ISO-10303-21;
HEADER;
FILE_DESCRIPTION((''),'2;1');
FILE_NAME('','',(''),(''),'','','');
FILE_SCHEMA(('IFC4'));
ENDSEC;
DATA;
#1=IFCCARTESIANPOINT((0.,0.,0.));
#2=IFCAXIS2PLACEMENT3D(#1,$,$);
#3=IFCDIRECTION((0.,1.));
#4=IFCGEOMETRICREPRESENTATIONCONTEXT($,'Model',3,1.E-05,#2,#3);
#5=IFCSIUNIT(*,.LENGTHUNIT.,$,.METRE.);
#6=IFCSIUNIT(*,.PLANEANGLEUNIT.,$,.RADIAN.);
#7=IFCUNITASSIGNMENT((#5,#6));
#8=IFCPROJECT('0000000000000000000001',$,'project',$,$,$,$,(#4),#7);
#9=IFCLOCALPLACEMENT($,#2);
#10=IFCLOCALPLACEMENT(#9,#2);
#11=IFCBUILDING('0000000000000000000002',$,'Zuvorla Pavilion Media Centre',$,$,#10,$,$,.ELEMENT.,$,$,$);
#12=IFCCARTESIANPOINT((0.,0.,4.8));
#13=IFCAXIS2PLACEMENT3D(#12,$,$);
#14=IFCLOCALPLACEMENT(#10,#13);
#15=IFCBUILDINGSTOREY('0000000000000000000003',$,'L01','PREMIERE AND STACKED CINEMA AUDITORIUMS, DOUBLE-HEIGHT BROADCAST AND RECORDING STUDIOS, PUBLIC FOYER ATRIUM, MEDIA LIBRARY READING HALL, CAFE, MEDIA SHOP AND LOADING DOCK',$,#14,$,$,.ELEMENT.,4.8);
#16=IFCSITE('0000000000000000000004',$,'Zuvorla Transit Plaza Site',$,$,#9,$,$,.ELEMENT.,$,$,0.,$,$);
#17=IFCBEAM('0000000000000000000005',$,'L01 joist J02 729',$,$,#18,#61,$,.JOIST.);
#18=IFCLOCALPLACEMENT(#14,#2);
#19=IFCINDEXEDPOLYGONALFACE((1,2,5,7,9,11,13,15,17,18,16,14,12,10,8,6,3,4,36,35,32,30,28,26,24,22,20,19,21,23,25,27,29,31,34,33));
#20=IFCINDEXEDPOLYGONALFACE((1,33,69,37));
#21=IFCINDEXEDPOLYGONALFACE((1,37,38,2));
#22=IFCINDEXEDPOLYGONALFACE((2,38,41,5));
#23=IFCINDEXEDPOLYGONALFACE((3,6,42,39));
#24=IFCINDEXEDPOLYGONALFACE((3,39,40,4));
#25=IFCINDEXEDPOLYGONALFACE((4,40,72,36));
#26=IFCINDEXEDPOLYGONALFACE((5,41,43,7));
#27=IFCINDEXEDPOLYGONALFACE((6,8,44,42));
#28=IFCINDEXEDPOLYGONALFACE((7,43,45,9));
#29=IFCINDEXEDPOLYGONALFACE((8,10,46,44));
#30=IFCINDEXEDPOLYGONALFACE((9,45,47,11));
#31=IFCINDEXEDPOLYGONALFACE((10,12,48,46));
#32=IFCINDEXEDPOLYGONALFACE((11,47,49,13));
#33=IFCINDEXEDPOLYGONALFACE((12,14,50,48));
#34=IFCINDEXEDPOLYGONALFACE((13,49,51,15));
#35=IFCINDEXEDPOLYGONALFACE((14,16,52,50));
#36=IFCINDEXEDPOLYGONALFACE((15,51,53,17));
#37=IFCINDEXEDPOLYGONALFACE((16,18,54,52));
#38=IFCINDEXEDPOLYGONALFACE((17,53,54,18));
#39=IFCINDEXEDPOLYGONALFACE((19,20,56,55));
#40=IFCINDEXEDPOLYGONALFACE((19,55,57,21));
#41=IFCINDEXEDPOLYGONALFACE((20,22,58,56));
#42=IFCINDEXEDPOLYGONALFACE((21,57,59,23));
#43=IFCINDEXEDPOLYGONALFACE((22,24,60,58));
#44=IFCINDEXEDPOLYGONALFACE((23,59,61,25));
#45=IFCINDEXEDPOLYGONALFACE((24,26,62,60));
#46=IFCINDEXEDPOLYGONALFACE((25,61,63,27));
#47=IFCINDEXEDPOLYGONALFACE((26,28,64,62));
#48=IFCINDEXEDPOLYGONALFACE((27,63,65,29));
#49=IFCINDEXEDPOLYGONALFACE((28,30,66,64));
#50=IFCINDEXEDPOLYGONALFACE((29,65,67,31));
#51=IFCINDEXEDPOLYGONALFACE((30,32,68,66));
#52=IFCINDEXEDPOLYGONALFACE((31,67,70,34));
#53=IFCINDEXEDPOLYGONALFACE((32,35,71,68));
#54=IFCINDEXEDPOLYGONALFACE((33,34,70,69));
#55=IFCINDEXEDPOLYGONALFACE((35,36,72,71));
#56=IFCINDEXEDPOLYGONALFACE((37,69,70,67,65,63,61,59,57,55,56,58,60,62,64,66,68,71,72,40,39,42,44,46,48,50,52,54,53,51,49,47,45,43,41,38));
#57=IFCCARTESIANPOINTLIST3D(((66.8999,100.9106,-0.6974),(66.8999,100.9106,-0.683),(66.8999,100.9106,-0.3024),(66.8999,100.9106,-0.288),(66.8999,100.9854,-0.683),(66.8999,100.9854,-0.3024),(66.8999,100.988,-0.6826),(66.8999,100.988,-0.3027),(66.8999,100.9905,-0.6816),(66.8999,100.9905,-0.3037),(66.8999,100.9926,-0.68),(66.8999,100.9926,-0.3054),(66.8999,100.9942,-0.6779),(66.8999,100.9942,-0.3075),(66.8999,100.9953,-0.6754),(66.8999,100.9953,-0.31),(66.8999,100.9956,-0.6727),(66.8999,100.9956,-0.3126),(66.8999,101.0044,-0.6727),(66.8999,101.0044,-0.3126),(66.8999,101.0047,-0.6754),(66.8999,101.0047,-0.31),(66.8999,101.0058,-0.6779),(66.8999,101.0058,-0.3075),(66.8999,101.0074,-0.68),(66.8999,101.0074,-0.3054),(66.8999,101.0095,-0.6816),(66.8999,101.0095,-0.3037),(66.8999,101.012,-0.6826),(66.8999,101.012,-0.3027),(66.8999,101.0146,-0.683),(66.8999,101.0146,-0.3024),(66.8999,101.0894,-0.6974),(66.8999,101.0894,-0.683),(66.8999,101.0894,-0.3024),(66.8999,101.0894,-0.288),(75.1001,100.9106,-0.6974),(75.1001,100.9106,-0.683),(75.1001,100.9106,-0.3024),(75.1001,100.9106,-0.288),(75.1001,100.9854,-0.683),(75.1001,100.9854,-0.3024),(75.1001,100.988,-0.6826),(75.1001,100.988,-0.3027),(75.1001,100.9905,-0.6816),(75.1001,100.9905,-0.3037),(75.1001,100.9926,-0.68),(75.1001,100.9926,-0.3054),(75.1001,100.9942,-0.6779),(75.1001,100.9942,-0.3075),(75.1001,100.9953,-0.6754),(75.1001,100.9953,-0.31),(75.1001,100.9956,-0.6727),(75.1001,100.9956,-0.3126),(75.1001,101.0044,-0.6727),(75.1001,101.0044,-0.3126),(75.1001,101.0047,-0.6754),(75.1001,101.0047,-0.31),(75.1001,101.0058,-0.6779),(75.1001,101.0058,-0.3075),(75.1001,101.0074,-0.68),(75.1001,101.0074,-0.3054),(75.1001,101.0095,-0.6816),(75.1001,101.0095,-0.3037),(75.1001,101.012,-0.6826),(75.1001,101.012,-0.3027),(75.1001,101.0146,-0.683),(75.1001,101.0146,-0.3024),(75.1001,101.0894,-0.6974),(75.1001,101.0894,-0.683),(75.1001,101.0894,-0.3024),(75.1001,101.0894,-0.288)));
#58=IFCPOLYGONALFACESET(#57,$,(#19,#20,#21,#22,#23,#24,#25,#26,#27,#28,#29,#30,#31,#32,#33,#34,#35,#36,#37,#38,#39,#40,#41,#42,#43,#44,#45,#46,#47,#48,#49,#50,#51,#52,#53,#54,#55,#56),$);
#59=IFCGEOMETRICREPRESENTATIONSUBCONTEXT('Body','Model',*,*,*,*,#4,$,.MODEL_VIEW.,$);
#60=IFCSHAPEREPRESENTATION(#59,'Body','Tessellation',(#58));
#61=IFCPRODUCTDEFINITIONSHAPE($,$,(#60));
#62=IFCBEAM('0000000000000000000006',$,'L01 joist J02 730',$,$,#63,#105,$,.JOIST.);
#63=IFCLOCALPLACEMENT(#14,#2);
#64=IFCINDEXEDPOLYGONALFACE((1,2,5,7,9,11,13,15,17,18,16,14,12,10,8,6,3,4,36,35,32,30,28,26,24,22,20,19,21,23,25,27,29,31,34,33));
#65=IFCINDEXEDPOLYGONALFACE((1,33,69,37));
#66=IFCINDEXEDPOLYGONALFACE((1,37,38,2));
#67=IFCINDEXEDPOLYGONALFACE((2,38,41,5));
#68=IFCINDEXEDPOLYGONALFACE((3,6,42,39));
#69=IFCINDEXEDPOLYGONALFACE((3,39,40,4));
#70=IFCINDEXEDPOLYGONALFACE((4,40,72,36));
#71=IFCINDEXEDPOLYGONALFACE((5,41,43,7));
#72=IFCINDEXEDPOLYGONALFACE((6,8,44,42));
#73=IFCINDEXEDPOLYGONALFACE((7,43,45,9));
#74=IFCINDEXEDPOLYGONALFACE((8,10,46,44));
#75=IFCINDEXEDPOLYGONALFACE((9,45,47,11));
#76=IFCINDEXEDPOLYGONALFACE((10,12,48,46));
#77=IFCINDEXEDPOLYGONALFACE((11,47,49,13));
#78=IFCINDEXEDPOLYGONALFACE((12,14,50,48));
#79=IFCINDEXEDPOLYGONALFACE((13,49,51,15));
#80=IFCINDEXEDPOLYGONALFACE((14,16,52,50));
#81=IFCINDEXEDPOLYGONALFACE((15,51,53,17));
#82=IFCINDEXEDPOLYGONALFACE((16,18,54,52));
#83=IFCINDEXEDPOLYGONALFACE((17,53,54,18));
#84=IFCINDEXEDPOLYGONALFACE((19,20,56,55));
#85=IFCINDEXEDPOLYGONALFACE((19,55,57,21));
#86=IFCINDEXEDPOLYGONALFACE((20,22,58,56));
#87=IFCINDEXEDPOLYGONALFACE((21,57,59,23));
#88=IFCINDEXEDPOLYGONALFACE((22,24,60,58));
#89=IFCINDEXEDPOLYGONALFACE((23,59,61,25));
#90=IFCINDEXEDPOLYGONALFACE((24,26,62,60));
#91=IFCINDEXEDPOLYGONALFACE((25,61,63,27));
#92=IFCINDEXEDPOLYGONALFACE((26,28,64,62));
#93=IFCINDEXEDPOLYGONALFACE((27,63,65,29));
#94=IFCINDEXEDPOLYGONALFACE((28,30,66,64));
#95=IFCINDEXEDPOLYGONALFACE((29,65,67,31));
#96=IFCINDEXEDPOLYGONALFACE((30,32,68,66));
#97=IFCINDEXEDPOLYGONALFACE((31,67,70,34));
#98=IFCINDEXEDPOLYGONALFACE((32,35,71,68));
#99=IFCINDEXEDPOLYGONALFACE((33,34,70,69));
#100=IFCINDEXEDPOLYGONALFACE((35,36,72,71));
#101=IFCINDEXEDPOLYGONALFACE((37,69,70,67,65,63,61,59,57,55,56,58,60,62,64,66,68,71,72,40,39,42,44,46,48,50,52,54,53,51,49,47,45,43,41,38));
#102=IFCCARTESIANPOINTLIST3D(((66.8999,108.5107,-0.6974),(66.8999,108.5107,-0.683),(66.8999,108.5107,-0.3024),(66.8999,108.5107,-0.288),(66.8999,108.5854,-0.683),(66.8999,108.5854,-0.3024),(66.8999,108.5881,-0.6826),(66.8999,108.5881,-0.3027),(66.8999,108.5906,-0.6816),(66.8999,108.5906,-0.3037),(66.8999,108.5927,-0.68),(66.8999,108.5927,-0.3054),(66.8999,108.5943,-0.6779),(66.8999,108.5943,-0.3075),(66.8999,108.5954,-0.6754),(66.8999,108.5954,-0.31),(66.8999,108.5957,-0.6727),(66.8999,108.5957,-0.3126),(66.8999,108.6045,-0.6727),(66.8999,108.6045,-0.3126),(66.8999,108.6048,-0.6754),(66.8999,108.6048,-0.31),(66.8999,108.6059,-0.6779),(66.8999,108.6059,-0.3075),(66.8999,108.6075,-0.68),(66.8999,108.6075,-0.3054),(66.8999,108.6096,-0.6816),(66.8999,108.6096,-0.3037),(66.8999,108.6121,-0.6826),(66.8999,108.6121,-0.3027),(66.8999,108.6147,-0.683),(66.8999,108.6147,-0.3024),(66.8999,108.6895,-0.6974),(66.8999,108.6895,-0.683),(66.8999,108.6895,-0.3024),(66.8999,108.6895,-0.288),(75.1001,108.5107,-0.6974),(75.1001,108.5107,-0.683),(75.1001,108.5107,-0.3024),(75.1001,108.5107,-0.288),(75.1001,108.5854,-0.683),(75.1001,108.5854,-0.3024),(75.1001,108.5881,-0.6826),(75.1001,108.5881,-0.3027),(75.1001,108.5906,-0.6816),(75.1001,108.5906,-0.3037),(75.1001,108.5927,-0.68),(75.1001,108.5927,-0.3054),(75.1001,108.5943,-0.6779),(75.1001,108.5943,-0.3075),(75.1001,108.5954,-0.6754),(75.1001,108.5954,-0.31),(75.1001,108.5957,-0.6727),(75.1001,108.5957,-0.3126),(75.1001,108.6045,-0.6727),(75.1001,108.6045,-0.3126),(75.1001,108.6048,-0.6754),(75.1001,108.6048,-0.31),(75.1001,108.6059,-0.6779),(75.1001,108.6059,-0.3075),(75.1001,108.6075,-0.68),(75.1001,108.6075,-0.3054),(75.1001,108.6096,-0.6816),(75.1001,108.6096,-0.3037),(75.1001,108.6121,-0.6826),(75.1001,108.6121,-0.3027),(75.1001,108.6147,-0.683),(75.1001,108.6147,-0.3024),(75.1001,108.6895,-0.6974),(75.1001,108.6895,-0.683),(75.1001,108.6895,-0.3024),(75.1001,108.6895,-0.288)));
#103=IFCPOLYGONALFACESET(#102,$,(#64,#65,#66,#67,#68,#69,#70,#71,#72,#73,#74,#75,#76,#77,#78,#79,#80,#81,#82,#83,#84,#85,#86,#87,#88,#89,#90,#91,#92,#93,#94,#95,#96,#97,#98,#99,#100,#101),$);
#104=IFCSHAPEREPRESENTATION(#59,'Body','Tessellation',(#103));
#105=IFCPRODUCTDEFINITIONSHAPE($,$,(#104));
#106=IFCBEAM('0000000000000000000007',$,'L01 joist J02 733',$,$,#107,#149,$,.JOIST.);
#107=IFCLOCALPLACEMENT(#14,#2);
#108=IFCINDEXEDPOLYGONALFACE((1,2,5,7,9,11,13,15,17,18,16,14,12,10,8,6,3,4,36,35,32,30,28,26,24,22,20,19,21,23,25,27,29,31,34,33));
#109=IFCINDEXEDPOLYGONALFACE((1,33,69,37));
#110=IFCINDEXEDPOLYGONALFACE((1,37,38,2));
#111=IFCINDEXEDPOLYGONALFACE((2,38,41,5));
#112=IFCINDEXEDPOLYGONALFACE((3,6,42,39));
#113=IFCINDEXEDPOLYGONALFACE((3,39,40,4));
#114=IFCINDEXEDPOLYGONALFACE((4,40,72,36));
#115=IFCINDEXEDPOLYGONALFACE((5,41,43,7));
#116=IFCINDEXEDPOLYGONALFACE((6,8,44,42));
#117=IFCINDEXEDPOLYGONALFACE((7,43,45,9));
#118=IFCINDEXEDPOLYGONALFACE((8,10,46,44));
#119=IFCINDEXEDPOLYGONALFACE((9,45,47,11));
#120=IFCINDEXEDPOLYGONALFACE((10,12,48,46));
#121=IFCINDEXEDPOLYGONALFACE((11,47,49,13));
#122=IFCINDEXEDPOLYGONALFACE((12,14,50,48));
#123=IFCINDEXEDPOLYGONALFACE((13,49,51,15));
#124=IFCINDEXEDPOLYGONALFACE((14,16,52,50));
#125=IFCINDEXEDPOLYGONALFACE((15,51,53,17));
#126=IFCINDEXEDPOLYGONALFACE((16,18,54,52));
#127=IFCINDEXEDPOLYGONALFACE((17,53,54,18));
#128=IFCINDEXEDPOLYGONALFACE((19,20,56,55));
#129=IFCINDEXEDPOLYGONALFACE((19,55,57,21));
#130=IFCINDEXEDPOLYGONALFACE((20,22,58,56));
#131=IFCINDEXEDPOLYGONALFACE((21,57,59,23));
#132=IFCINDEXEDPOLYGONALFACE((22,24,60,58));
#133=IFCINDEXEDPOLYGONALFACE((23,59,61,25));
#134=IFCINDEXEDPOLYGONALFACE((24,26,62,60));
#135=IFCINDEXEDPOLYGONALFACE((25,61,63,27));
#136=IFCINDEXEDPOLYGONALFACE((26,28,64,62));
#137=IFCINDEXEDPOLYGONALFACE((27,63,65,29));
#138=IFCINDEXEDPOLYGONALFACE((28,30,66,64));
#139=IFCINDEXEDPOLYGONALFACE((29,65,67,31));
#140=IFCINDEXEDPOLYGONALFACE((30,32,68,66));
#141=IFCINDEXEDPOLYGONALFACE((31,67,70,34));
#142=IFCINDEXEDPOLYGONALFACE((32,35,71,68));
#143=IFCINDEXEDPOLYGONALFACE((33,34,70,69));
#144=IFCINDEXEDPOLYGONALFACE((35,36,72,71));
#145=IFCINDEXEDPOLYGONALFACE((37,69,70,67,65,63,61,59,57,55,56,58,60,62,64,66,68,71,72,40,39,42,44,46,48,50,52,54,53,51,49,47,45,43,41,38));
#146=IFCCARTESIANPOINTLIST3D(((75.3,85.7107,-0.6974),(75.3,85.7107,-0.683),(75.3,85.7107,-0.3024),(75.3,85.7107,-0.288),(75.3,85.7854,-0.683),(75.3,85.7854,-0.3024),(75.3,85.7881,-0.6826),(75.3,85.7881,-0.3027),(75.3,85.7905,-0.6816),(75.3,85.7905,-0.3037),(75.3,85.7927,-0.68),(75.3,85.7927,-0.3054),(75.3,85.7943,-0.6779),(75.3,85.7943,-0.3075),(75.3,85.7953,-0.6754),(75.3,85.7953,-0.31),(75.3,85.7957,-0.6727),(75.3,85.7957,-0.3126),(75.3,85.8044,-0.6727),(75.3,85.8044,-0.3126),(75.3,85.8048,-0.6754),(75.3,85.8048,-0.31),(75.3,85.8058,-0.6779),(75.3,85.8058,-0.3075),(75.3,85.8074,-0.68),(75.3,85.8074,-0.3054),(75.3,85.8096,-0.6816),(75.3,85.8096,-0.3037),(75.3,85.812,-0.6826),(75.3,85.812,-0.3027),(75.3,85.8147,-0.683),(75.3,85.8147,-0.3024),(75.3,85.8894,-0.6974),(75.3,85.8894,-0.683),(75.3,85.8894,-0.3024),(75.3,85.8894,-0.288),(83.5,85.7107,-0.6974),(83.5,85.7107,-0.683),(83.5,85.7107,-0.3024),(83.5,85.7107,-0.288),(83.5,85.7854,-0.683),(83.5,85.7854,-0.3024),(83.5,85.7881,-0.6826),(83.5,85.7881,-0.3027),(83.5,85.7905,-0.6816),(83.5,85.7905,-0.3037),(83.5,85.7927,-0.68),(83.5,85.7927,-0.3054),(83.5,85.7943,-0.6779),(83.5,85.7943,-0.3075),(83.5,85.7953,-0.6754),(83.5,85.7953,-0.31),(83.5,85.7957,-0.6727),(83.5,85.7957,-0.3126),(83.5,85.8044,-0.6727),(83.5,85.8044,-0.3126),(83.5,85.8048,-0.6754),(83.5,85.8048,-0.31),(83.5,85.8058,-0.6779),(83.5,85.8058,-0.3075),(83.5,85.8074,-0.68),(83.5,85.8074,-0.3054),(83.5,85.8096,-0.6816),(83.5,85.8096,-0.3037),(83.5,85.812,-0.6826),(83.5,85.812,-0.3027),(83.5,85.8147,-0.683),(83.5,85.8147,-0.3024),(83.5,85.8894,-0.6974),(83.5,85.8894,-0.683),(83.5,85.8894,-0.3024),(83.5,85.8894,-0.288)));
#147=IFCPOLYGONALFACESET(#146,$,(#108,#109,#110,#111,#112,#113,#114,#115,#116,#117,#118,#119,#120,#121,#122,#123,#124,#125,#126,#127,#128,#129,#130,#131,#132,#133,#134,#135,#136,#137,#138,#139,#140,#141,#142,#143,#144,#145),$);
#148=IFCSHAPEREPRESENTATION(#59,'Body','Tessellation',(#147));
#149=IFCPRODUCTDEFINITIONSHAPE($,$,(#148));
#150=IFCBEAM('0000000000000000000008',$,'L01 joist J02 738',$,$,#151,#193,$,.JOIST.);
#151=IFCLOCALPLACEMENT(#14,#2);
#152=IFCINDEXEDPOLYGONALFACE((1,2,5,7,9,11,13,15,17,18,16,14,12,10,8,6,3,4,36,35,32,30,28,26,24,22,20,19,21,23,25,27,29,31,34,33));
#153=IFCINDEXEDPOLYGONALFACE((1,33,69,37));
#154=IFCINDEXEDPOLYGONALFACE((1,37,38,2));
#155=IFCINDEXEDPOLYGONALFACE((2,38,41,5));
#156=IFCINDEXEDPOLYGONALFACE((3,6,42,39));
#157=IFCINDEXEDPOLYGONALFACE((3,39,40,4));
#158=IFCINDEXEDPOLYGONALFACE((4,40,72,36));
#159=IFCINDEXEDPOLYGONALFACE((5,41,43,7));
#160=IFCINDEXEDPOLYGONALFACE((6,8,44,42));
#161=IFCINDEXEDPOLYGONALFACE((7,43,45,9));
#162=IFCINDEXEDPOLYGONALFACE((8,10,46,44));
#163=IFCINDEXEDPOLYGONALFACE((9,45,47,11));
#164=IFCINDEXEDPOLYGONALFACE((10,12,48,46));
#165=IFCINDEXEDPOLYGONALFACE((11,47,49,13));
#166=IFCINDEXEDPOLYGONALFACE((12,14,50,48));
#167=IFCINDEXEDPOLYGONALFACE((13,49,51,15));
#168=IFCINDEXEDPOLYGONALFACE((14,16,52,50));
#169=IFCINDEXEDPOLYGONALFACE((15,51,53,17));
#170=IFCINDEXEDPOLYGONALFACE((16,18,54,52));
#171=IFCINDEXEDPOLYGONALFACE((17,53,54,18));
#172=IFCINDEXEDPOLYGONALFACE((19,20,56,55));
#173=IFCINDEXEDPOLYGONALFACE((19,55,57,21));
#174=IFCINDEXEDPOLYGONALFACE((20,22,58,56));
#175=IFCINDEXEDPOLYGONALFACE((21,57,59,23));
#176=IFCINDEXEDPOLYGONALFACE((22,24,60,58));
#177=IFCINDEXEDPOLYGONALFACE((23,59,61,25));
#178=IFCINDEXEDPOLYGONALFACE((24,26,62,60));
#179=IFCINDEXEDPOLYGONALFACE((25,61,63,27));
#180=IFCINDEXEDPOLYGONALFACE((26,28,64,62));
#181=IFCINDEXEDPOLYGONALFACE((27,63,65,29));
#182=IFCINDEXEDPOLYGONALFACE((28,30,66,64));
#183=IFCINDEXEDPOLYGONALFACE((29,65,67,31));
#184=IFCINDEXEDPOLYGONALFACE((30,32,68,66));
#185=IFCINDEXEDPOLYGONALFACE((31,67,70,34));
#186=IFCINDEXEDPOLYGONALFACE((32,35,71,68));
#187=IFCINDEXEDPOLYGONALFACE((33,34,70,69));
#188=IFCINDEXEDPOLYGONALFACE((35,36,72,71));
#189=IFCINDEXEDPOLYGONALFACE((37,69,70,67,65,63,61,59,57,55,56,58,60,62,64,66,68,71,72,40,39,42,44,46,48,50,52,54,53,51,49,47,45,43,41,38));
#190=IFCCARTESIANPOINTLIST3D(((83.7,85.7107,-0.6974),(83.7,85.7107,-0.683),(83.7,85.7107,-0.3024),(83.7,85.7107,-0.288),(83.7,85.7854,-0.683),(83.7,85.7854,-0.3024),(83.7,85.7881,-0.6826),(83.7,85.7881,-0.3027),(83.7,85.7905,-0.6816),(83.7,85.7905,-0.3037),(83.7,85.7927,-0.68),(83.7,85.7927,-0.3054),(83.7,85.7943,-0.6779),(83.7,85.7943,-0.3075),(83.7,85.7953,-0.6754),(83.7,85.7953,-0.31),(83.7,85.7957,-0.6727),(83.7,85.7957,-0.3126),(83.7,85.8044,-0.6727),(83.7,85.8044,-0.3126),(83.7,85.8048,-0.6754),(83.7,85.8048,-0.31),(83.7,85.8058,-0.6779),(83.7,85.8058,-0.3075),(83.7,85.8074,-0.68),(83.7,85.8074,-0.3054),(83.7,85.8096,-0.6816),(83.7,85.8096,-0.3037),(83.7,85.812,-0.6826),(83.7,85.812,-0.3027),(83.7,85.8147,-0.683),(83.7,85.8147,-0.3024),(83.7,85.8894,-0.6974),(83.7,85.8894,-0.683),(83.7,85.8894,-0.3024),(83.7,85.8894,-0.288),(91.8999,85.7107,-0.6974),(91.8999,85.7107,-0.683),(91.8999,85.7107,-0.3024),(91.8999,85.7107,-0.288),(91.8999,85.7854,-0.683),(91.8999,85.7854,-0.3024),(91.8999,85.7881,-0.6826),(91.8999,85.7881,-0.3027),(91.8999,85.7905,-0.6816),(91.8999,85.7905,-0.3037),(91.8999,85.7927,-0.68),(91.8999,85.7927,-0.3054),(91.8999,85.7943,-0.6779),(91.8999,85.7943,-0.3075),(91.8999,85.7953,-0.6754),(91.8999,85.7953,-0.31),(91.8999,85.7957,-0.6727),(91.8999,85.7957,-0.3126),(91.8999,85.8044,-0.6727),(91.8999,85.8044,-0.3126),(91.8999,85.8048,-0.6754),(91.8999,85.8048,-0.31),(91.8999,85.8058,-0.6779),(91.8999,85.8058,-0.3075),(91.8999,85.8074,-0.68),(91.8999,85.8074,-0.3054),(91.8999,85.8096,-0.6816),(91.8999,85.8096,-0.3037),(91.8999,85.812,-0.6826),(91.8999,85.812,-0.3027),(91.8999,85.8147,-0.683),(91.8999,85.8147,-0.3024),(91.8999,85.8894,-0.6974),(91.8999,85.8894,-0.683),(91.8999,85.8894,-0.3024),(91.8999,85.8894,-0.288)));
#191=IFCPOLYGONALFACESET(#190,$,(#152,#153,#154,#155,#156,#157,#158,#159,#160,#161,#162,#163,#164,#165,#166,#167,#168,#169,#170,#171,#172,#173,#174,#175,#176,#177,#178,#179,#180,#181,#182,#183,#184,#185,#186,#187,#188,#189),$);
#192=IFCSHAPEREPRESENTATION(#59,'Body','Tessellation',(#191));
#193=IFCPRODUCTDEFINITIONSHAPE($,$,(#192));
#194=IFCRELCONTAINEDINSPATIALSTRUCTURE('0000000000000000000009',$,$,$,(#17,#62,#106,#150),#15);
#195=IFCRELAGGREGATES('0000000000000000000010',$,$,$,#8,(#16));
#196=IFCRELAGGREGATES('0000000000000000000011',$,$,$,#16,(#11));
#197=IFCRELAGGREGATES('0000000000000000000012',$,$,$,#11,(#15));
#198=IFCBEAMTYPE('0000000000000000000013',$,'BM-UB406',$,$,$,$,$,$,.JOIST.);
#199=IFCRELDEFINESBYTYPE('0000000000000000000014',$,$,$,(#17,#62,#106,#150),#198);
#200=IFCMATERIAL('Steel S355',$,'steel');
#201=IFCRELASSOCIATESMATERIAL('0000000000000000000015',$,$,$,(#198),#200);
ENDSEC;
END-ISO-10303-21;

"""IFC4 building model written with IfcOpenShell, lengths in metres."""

from ifc_helpers import new_model, si_unit, direction, frame, origin, origin_2d, place, context, subcontext, project, spatial, i_section, extrude, material, material_profile, profile_set, type_object, element, save


model = new_model("IFC4")

# Units and contexts
model_context = context("Model", 3, precision=1e-05, world=origin(), true_north=direction((0.0, 1.0)))
body_context = subcontext(model_context, "Body", "Model", "MODEL_VIEW")
ifc_project = project(units=[si_unit("LENGTHUNIT", "METRE"), si_unit("PLANEANGLEUNIT", "RADIAN")], contexts=[model_context])

# Site, building, storey
site_placement = place(None, origin())
site = spatial("IfcSite", under=ifc_project, at=site_placement, Name="Zuvorla Transit Plaza Site", CompositionType="ELEMENT", RefElevation=0.0)
building_placement = place(site_placement, origin())
building = spatial("IfcBuilding", under=site, at=building_placement, Name="Zuvorla Pavilion Media Centre", CompositionType="ELEMENT")
storey_placement = place(building_placement, frame((0.0, 0.0, 4.8)))
storey = spatial("IfcBuildingStorey", under=building, at=storey_placement, Name="L01", Description="PREMIERE AND STACKED CINEMA AUDITORIUMS, DOUBLE-HEIGHT BROADCAST AND RECORDING STUDIOS, PUBLIC FOYER ATRIUM, MEDIA LIBRARY READING HALL, CAFE, MEDIA SHOP AND LOADING DOCK", CompositionType="ELEMENT", Elevation=4.8)

# Beams
ifc_material_1 = material(Name="Steel S355", Category="steel")
ifc_material_profile_1 = material_profile(ifc_material_1, i_section(OverallWidth=0.1787, OverallDepth=0.4094, WebThickness=0.0088, FlangeThickness=0.0144, FilletRadius=0.0103, at=origin_2d()), Name="UB 406x178x67")
ifc_profile_set_1 = profile_set([ifc_material_profile_1], Name="Steel S355")
beam_type_1 = type_object("IfcBeamType", Name="BM-UB406", PredefinedType="JOIST", material=ifc_profile_set_1)
for number, where, z_axis, x_axis, name in (
    (1, (66.8999, 101.0, -0.4927), (1.0, 0.0, 0.0), (0.0, 1.0, 0.0), "L01 joist J02 729"),
    (2, (66.8999, 108.6001, -0.4927), (1.0, 0.0, 0.0), (0.0, 1.0, 0.0), "L01 joist J02 730"),
):
    element("IfcBeam", number, at=place(storey_placement, frame(where, z_axis=z_axis, x_axis=x_axis)), inside=storey, type_object=beam_type_1, Name=name, PredefinedType="JOIST", context=body_context, shape_type="SweptSolid", body=[
        extrude(i_section(OverallWidth=0.1787, OverallDepth=0.4094, WebThickness=0.0088, FlangeThickness=0.0144, FilletRadius=0.0103, at=origin_2d()), origin(), (0.0, 0.0, 1.0), 8.2002),
    ])
for number, where, z_axis, x_axis, name in (
    (3, (75.3, 85.8, -0.4927), (1.0, 0.0, 0.0), (0.0, 1.0, 0.0), "L01 joist J02 733"),
    (4, (83.7, 85.8, -0.4927), (1.0, 0.0, 0.0), (0.0, 1.0, 0.0), "L01 joist J02 738"),
):
    element("IfcBeam", number, at=place(storey_placement, frame(where, z_axis=z_axis, x_axis=x_axis)), inside=storey, type_object=beam_type_1, Name=name, PredefinedType="JOIST", context=body_context, shape_type="SweptSolid", body=[
        extrude(i_section(OverallWidth=0.1787, OverallDepth=0.4094, WebThickness=0.0088, FlangeThickness=0.0144, FilletRadius=0.0103, at=origin_2d()), origin(), (0.0, 0.0, 1.0), 8.2),
    ])

save(model, "model.ifc")
